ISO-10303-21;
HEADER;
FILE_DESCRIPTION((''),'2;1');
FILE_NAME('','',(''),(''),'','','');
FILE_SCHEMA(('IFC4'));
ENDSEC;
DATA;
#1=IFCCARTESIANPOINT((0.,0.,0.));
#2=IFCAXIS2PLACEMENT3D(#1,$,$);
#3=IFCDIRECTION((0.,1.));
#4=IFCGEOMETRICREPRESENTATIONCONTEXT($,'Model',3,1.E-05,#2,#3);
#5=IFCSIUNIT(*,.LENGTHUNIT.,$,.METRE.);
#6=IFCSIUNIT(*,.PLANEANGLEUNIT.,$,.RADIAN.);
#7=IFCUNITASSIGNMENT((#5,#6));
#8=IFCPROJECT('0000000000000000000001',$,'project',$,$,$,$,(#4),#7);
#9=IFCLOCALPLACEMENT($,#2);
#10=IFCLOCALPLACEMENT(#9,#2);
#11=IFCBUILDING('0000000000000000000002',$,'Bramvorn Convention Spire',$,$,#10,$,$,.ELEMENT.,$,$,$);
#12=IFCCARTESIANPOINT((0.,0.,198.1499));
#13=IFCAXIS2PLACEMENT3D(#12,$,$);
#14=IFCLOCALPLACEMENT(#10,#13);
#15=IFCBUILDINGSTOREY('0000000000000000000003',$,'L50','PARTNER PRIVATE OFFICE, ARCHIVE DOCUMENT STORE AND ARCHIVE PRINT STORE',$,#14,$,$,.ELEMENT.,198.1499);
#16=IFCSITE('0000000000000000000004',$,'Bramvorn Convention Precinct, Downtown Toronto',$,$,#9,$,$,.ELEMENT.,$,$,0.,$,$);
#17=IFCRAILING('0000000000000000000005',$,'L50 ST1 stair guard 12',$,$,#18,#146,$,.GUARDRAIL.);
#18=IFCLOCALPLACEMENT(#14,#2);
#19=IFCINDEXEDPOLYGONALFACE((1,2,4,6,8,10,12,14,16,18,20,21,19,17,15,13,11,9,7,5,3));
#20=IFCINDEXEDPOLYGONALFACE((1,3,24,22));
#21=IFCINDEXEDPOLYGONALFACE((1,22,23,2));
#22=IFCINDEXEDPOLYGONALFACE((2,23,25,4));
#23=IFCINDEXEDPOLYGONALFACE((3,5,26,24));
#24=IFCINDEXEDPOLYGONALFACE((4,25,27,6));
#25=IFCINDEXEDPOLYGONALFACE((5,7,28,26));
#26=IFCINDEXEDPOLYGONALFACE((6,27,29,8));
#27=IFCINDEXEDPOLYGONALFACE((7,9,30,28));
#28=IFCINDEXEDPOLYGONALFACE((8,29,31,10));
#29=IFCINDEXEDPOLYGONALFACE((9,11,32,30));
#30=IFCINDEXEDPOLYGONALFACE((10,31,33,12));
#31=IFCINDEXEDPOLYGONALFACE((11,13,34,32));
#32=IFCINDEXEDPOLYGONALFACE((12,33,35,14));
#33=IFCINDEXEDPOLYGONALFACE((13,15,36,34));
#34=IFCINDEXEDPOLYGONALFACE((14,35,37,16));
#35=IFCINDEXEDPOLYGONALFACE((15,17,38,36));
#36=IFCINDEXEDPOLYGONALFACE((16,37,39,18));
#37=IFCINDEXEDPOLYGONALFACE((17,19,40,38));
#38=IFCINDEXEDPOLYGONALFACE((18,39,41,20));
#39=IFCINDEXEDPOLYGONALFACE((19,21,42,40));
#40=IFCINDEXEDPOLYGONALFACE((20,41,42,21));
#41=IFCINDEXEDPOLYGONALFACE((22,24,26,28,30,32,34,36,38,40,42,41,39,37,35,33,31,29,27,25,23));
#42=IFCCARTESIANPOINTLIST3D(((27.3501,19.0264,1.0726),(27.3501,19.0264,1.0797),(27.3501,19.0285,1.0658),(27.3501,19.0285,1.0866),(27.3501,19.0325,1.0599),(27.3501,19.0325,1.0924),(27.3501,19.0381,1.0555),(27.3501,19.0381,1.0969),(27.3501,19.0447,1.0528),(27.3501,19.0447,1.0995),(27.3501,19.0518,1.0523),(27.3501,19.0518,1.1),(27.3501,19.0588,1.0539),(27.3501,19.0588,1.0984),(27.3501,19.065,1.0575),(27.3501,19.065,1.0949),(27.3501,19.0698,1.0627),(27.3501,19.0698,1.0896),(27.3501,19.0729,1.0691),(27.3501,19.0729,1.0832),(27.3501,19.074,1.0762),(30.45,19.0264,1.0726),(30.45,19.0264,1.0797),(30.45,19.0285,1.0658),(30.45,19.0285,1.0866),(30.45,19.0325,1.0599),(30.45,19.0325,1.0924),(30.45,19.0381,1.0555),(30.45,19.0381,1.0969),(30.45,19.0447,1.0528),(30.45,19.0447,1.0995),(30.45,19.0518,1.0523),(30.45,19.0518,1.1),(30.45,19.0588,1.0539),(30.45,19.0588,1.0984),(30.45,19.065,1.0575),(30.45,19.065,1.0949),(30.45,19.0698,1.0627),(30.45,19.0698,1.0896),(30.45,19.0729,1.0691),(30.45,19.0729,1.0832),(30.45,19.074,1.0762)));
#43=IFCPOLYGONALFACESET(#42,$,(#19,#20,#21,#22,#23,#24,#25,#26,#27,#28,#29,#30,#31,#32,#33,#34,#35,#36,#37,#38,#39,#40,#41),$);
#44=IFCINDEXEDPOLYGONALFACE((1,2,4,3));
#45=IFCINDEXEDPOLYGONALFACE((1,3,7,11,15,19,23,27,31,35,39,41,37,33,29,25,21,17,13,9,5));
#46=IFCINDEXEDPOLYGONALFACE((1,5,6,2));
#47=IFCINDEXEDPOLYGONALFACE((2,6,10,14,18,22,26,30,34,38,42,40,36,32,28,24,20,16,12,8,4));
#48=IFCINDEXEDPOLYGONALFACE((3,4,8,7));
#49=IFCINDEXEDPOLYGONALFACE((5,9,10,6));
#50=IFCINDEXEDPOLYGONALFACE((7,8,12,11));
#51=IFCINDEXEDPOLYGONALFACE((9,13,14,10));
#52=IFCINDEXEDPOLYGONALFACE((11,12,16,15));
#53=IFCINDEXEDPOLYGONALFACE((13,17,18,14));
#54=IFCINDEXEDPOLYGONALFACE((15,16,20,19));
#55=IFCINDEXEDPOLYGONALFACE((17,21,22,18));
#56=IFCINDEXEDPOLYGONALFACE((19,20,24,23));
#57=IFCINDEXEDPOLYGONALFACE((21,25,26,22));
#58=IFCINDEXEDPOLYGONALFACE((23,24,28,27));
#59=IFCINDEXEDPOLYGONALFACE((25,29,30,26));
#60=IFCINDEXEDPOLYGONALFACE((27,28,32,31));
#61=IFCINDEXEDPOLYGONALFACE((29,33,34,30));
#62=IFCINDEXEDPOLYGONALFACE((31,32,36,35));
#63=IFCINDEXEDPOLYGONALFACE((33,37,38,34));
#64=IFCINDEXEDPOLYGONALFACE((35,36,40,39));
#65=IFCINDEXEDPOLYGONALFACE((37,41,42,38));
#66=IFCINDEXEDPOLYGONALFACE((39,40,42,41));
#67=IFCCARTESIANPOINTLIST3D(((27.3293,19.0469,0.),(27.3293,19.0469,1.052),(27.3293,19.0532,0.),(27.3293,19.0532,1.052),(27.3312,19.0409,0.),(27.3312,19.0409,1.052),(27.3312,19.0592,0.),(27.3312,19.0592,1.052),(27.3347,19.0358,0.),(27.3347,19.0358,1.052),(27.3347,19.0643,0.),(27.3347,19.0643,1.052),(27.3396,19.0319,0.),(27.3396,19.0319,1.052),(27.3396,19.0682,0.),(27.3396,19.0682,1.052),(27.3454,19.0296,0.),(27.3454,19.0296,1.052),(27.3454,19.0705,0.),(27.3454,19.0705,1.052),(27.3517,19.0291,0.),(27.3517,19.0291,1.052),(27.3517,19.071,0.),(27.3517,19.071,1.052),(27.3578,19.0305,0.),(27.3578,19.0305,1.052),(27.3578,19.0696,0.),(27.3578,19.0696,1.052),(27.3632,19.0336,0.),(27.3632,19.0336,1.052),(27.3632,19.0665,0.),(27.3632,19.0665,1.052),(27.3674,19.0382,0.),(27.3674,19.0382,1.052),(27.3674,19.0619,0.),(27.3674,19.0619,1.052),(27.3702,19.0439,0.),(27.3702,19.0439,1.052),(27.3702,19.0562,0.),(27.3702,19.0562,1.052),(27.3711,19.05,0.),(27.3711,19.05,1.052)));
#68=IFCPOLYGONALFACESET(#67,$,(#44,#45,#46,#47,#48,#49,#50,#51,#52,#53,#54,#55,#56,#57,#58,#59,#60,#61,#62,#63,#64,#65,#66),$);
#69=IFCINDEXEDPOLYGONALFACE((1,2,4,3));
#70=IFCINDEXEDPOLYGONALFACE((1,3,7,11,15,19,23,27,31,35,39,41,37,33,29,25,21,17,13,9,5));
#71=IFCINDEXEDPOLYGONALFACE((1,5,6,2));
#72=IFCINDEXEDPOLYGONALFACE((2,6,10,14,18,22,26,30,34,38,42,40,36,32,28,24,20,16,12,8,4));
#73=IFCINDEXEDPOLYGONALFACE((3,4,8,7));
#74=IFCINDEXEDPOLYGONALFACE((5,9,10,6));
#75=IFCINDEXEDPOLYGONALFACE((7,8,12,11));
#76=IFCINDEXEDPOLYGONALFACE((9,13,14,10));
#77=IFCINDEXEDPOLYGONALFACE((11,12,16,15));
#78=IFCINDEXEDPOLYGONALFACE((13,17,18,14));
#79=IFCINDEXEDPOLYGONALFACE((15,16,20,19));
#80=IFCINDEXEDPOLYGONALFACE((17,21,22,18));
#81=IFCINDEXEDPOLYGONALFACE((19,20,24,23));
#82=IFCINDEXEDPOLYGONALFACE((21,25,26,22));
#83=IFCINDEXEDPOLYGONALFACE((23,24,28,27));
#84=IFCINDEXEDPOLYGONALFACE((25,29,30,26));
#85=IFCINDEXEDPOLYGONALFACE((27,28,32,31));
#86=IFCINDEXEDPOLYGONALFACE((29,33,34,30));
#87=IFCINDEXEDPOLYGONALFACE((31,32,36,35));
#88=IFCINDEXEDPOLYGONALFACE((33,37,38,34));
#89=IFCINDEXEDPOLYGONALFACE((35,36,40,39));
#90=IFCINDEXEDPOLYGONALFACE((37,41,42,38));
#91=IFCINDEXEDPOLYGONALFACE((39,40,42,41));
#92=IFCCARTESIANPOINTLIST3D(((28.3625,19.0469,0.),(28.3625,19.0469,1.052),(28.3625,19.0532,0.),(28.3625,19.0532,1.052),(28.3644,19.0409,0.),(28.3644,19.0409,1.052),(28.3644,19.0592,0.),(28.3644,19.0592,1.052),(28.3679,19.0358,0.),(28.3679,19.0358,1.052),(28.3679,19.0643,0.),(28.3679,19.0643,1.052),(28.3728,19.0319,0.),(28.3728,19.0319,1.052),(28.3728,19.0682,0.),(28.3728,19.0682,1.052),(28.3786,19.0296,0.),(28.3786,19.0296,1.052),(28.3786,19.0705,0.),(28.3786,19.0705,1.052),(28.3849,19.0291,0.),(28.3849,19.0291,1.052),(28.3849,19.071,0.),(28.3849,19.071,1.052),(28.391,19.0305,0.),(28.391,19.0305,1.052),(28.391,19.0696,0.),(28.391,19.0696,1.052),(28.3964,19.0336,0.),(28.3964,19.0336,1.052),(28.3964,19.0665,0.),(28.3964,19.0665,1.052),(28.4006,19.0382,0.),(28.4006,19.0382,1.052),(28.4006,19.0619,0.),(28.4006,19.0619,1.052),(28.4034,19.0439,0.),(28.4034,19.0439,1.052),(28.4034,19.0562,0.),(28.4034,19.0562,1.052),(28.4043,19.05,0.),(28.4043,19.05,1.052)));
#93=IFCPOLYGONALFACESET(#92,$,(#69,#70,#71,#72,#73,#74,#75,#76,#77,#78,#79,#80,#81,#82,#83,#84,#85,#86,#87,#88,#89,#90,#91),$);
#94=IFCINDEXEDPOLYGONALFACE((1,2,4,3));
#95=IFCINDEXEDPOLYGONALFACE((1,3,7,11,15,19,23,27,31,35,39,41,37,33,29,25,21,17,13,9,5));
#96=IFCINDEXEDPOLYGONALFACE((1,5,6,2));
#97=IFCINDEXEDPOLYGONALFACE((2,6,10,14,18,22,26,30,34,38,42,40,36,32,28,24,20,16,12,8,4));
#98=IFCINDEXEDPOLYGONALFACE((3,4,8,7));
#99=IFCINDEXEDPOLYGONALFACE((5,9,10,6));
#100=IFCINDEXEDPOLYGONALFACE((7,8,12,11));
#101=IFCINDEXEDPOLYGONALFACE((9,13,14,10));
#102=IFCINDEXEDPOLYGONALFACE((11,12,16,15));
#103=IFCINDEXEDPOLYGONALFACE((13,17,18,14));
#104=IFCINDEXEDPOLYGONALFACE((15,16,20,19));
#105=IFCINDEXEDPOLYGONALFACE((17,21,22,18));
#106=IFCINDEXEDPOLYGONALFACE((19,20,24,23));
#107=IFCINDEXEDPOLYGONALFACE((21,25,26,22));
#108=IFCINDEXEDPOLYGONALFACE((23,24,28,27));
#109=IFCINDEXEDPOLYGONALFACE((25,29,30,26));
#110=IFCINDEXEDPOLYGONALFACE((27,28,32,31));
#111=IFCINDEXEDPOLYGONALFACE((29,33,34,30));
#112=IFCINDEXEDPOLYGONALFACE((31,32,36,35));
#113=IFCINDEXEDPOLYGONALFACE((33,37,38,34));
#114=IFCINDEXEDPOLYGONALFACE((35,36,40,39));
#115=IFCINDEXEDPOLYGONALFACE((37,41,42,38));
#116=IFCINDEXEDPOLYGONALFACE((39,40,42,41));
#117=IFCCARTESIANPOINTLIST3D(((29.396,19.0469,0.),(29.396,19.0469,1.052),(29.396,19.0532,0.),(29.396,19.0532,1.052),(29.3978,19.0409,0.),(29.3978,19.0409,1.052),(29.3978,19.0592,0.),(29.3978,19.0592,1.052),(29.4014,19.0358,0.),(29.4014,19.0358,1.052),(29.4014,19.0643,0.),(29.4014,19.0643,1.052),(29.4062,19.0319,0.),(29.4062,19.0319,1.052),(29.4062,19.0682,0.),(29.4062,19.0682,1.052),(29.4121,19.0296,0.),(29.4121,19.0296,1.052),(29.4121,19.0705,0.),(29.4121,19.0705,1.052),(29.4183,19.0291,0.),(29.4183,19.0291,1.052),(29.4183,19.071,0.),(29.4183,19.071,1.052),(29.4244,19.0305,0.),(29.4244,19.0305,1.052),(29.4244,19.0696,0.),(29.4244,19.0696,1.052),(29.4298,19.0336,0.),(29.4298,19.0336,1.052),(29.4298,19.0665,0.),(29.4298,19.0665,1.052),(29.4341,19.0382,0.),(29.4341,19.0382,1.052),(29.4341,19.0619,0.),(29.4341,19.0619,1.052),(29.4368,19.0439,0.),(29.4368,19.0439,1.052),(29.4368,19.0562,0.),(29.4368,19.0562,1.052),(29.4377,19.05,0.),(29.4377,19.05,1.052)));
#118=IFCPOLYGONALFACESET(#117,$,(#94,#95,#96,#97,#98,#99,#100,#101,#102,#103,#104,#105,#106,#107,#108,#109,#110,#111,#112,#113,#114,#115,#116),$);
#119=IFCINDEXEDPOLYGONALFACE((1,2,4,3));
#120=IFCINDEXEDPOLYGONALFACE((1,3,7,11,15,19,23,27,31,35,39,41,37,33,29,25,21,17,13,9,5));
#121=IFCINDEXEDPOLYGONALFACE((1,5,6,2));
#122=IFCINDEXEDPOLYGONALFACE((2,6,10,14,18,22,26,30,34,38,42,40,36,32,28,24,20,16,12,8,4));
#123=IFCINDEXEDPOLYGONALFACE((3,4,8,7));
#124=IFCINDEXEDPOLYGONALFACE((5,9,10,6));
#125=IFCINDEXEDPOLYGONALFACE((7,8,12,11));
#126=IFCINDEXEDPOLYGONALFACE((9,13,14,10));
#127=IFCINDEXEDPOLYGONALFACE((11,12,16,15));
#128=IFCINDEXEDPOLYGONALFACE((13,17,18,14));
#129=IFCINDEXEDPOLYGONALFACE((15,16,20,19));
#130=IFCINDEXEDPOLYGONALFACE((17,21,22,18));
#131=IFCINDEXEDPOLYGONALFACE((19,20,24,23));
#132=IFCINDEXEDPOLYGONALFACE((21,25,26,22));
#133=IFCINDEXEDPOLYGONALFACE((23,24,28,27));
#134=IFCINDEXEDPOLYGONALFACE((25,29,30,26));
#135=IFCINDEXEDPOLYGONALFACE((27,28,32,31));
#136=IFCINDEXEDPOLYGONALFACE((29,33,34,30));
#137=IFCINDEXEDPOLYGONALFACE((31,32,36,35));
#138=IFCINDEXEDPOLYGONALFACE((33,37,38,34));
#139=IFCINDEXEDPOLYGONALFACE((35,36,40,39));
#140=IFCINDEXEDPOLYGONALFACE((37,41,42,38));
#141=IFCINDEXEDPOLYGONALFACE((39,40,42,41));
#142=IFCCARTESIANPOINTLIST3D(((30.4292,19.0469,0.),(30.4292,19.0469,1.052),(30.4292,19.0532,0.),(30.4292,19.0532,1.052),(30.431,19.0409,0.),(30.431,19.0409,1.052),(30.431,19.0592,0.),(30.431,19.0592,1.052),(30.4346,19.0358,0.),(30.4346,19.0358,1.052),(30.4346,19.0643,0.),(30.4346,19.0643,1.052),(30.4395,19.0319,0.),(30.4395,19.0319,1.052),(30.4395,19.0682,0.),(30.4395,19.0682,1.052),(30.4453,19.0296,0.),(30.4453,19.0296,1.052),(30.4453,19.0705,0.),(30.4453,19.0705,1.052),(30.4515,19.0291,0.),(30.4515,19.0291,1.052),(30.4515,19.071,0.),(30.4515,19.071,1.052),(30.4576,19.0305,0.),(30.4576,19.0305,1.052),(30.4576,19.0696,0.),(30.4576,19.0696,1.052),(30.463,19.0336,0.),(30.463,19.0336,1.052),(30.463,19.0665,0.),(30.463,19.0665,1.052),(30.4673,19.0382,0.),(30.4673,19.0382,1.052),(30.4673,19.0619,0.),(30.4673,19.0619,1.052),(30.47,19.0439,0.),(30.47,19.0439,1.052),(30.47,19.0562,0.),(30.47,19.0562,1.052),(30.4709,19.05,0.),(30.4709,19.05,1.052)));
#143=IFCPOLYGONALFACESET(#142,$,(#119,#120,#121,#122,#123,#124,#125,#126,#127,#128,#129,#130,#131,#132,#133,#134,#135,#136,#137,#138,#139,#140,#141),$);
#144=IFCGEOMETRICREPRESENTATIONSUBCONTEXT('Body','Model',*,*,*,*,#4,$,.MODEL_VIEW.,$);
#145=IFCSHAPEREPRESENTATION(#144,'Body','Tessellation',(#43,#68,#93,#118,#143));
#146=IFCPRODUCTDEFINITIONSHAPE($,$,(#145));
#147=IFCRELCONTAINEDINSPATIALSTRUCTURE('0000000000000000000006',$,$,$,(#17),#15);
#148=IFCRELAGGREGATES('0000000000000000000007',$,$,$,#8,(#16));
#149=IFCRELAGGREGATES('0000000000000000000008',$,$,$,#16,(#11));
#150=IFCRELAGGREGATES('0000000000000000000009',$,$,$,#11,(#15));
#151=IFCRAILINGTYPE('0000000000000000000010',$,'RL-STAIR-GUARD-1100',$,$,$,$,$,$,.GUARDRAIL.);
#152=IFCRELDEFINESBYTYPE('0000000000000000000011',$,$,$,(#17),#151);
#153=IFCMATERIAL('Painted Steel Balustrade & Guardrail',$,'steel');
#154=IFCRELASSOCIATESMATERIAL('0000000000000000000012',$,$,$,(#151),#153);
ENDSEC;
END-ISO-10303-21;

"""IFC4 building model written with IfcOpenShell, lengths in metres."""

from ifc_helpers import new_model, si_unit, direction, frame, origin, origin_2d, place, context, subcontext, project, spatial, circle, extrude, material, type_object, element, save


model = new_model("IFC4")

# Units and contexts
model_context = context("Model", 3, precision=1e-05, world=origin(), true_north=direction((0.0, 1.0)))
body_context = subcontext(model_context, "Body", "Model", "MODEL_VIEW")
ifc_project = project(units=[si_unit("LENGTHUNIT", "METRE"), si_unit("PLANEANGLEUNIT", "RADIAN")], contexts=[model_context])

# Site, building, storey
site_placement = place(None, origin())
site = spatial("IfcSite", under=ifc_project, at=site_placement, Name="Bramvorn Convention Precinct, Downtown Toronto", CompositionType="ELEMENT", RefElevation=0.0)
building_placement = place(site_placement, origin())
building = spatial("IfcBuilding", under=site, at=building_placement, Name="Bramvorn Convention Spire", CompositionType="ELEMENT")
storey_placement = place(building_placement, frame((0.0, 0.0, 198.1499)))
storey = spatial("IfcBuildingStorey", under=building, at=storey_placement, Name="L50", Description="PARTNER PRIVATE OFFICE, ARCHIVE DOCUMENT STORE AND ARCHIVE PRINT STORE", CompositionType="ELEMENT", Elevation=198.1499)

# Railing
ifc_material_1 = material(Name="Painted Steel Balustrade & Guardrail", Category="steel")
railing_type_1 = type_object("IfcRailingType", Name="RL-STAIR-GUARD-1100", PredefinedType="GUARDRAIL", material=ifc_material_1)
railing_1_placement = place(storey_placement, frame((27.3501, 19.05, 0.0)))
element("IfcRailing", 1, at=railing_1_placement, inside=storey, type_object=railing_type_1, Name="L50 ST1 stair guard 12", PredefinedType="GUARDRAIL", context=body_context, shape_type="SweptSolid", body=[
    extrude(circle(Radius=0.0239, at=origin_2d()), frame((0.0, 0.0, 1.0762), z_axis=(1.0, 0.0, 0.0), x_axis=(0.0, 1.0, 0.0)), (0.0, 0.0, 1.0), 3.0999),
    extrude(circle(Radius=0.021, at=origin_2d()), origin(), (0.0, 0.0, 1.0), 1.052),
    extrude(circle(Radius=0.021, at=origin_2d()), frame((1.0332, 0.0, 0.0)), (0.0, 0.0, 1.0), 1.052),
    extrude(circle(Radius=0.021, at=origin_2d()), frame((2.0667, 0.0, 0.0)), (0.0, 0.0, 1.0), 1.052),
    extrude(circle(Radius=0.021, at=origin_2d()), frame((3.0999, 0.0, 0.0)), (0.0, 0.0, 1.0), 1.052),
])

save(model, "model.ifc")
